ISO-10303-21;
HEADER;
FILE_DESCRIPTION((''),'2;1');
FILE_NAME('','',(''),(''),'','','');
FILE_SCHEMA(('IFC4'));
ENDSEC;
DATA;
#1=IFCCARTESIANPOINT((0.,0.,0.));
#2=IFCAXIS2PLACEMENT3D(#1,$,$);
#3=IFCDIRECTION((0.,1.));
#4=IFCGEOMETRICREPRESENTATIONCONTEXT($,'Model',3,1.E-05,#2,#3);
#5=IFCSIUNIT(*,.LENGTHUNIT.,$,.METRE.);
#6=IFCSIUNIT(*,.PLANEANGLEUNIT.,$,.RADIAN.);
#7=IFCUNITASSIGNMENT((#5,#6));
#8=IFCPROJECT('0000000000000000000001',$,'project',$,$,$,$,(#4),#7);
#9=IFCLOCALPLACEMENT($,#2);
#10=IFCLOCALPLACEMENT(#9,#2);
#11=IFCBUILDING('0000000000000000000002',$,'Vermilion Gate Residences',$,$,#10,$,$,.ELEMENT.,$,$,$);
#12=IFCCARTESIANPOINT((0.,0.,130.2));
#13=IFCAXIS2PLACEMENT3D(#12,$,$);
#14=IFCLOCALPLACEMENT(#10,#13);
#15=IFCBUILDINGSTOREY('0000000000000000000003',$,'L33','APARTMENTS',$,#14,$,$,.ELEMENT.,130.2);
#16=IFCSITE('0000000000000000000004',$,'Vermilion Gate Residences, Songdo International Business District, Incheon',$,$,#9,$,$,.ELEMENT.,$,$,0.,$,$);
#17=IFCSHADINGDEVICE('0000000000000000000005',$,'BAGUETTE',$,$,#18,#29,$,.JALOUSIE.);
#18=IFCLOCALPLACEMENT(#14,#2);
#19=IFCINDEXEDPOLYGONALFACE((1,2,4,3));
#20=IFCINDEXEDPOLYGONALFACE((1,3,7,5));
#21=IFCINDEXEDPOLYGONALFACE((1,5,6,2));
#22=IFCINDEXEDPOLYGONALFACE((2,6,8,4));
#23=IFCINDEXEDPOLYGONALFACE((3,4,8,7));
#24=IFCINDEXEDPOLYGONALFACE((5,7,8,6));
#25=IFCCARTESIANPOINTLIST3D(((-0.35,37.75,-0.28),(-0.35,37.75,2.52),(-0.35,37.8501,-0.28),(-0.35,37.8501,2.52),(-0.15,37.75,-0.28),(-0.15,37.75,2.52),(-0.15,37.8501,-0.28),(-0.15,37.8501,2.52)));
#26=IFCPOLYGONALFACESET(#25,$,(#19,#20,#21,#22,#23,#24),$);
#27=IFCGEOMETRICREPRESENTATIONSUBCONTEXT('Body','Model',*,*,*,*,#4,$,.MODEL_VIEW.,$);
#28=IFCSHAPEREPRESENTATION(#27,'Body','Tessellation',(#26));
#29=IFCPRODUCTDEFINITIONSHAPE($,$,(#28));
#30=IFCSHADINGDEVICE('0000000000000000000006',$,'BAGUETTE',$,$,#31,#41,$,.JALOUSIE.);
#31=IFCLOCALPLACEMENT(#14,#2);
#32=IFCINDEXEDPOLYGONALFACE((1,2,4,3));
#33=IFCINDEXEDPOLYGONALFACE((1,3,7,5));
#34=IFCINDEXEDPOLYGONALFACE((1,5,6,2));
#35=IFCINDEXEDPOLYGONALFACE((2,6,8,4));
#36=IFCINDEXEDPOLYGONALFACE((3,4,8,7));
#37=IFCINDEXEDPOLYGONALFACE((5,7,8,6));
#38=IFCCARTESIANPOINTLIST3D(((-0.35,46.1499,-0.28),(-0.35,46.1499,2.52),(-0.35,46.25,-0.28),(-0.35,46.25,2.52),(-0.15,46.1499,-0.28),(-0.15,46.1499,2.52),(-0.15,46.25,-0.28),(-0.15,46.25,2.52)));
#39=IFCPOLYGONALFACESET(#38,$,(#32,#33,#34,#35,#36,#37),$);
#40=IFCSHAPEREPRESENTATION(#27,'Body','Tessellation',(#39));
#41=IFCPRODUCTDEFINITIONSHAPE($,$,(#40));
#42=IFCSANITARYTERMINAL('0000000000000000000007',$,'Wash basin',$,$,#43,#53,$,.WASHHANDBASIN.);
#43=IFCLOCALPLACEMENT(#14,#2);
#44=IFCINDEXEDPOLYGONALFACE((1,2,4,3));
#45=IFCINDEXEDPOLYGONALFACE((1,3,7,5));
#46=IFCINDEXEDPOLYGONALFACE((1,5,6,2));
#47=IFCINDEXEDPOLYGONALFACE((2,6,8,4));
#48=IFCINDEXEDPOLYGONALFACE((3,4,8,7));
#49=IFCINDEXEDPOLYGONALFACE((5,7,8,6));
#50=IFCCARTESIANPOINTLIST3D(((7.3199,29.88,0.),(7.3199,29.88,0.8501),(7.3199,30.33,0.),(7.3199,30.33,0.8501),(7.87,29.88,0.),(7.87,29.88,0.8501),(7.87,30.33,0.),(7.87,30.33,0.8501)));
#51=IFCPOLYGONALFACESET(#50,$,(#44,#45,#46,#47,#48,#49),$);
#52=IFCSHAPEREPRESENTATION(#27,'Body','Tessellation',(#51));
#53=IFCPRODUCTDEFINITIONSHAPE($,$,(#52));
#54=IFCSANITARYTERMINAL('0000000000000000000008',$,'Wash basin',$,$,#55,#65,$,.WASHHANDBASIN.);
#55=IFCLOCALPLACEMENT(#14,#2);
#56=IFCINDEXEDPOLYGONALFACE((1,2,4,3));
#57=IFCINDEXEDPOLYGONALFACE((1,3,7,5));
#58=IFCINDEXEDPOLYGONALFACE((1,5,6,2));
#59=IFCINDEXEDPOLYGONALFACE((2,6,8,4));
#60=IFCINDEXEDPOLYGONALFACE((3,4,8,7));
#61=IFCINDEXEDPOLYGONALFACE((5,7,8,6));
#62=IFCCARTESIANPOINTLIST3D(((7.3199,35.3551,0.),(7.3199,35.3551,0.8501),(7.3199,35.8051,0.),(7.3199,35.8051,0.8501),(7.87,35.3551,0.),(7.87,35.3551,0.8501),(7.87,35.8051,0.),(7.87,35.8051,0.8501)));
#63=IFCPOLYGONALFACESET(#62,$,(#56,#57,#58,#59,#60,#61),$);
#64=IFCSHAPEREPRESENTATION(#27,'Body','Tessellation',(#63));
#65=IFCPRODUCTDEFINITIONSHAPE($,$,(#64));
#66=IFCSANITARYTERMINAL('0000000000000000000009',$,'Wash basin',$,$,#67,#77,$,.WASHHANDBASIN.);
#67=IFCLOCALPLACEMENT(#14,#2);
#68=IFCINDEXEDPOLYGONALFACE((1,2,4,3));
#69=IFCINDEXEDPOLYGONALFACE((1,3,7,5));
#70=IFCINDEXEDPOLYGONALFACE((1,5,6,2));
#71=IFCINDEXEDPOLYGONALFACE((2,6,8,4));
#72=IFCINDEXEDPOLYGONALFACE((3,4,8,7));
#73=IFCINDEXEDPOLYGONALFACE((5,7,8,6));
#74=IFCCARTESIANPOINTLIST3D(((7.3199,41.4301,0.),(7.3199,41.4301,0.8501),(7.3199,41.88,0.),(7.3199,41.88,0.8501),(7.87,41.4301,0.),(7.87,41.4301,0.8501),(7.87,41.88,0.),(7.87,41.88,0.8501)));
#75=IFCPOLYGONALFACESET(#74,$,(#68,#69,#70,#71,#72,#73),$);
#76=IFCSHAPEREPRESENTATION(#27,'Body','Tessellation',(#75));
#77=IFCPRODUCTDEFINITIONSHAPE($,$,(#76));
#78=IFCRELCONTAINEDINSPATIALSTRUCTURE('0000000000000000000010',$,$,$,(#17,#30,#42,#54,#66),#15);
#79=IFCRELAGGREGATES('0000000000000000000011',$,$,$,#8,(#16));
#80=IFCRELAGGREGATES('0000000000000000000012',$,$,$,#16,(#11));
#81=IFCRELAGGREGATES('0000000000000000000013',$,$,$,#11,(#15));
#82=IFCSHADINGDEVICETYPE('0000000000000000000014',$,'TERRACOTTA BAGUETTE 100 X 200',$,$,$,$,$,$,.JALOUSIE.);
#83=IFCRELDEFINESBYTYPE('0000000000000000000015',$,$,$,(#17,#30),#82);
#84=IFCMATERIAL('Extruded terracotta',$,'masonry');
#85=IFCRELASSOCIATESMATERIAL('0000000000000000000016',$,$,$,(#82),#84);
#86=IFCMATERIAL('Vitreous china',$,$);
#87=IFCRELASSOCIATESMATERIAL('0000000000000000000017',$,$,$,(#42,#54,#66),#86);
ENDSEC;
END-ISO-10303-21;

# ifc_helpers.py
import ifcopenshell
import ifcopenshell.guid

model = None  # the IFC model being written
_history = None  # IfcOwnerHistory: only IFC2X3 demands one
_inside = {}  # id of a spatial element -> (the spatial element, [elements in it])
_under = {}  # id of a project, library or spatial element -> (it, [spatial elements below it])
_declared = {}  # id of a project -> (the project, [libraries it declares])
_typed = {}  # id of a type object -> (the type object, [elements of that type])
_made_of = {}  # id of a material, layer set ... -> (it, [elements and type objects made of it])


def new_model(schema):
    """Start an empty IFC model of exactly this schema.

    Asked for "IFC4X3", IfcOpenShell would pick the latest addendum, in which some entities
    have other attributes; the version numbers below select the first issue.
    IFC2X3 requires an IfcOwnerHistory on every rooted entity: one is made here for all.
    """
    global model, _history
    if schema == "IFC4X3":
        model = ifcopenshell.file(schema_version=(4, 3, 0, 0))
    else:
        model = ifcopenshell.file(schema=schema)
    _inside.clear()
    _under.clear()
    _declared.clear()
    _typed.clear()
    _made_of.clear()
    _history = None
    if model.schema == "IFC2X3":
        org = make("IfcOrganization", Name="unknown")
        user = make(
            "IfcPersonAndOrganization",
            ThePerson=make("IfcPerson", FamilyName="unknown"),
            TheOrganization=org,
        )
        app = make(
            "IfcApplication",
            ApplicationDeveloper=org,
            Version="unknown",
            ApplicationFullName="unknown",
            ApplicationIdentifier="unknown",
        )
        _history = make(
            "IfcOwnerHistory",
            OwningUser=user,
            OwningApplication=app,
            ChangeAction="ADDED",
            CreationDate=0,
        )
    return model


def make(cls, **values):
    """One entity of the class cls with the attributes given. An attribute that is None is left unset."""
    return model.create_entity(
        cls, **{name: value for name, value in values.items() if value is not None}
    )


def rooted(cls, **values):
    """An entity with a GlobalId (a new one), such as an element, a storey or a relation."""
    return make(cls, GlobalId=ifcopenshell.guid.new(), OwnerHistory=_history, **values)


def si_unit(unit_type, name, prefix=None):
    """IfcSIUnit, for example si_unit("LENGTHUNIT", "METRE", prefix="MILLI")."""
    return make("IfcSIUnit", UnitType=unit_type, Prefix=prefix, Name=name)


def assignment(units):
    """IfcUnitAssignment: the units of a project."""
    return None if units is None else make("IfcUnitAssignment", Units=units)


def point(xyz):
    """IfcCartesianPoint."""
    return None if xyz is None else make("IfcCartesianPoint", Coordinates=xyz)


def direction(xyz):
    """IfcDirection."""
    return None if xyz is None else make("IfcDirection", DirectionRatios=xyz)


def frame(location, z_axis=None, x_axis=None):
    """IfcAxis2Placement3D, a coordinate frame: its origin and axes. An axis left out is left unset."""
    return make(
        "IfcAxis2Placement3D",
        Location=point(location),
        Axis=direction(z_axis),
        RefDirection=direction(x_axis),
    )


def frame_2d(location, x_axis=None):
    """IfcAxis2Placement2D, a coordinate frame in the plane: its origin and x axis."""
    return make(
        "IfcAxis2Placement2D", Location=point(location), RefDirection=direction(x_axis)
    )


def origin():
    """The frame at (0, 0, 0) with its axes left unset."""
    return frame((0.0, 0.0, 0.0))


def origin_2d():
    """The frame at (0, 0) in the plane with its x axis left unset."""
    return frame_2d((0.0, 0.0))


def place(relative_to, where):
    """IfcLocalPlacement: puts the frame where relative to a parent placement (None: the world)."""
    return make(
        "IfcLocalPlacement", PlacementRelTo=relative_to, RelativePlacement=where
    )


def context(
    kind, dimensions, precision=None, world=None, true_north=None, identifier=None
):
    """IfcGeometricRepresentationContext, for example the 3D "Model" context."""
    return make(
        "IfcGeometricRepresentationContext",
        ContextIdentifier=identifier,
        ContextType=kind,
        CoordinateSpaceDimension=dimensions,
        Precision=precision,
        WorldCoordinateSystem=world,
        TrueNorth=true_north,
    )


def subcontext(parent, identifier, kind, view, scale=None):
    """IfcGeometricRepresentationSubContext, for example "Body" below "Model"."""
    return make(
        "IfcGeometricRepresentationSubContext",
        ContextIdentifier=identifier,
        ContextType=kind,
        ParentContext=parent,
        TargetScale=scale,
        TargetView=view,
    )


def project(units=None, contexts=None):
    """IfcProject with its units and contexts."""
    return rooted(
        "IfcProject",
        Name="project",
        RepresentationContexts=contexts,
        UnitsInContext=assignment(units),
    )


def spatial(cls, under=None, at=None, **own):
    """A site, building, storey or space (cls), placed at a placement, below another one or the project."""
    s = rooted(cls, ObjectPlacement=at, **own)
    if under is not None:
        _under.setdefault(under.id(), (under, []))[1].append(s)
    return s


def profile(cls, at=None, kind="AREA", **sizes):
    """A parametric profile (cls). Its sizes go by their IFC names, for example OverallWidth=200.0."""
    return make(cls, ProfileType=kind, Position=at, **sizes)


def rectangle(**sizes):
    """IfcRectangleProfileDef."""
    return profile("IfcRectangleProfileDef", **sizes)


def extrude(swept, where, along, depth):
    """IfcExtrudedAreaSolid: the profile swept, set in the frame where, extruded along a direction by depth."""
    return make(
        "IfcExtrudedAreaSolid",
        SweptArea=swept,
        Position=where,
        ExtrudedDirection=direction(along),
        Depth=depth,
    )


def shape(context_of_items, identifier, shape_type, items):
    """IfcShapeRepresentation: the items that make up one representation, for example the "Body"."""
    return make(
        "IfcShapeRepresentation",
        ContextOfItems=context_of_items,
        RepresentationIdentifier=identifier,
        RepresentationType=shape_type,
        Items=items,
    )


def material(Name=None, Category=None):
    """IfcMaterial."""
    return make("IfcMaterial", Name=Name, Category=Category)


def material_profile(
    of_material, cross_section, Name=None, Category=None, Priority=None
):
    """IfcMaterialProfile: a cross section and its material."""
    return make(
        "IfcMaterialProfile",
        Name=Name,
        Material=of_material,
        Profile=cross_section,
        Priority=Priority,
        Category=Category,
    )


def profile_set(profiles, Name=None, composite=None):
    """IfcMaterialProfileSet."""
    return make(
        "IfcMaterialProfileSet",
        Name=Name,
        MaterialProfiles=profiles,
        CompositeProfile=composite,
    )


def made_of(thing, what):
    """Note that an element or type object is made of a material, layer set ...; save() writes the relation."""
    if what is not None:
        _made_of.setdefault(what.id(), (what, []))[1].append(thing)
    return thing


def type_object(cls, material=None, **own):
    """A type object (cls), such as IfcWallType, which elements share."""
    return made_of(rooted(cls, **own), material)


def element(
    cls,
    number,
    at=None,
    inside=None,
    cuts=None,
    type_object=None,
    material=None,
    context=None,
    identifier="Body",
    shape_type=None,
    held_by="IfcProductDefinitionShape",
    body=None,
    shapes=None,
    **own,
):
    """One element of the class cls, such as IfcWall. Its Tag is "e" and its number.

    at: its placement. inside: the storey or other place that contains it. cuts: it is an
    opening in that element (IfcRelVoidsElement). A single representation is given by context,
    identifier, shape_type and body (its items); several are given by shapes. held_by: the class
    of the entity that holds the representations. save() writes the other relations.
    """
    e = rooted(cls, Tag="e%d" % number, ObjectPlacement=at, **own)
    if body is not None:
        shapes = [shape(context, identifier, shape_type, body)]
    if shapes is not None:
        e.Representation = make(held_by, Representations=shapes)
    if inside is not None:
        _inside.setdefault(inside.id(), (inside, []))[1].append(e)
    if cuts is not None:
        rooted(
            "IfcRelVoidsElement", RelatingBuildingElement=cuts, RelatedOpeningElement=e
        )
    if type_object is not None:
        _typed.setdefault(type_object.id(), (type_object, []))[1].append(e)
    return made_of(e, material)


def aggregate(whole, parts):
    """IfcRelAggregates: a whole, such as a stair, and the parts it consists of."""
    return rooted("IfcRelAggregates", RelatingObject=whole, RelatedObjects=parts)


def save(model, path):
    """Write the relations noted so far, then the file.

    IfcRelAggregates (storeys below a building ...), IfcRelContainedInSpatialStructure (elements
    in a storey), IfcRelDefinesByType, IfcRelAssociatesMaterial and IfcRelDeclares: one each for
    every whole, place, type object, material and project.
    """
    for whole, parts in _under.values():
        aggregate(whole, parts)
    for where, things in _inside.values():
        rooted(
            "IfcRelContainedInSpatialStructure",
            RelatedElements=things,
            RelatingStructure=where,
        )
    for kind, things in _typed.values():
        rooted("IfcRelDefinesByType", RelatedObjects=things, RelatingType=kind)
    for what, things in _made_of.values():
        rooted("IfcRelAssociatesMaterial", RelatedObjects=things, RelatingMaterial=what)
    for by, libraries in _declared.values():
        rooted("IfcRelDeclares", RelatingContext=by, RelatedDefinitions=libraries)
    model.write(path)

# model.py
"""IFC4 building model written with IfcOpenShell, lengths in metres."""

from ifc_helpers import new_model, si_unit, direction, frame, origin, origin_2d, place, context, subcontext, project, spatial, rectangle, extrude, material, material_profile, profile_set, type_object, element, save


model = new_model("IFC4")

# Units and contexts
model_context = context("Model", 3, precision=1e-05, world=origin(), true_north=direction((0.0, 1.0)))
body_context = subcontext(model_context, "Body", "Model", "MODEL_VIEW")
ifc_project = project(units=[si_unit("LENGTHUNIT", "METRE"), si_unit("PLANEANGLEUNIT", "RADIAN")], contexts=[model_context])

# Site, building, storey
site_placement = place(None, origin())
site = spatial("IfcSite", under=ifc_project, at=site_placement, Name="Vermilion Gate Residences, Songdo International Business District, Incheon", CompositionType="ELEMENT", RefElevation=0.0)
building_placement = place(site_placement, origin())
building = spatial("IfcBuilding", under=site, at=building_placement, Name="Vermilion Gate Residences", CompositionType="ELEMENT")
storey_placement = place(building_placement, frame((0.0, 0.0, 130.2)))
storey = spatial("IfcBuildingStorey", under=building, at=storey_placement, Name="L33", Description="APARTMENTS", CompositionType="ELEMENT", Elevation=130.2)

# Shading devices
ifc_material_1 = material(Name="Extruded terracotta", Category="masonry")
ifc_material_profile_1 = material_profile(ifc_material_1, rectangle(XDim=0.2, YDim=0.1001, at=origin_2d()), Name="BAGUETTE 100 X 200")
ifc_profile_set_1 = profile_set([ifc_material_profile_1], Name="Extruded terracotta")
shading_device_type = type_object("IfcShadingDeviceType", Name="TERRACOTTA BAGUETTE 100 X 200", PredefinedType="JALOUSIE", material=ifc_profile_set_1)
for number, where, z_axis, x_axis, name in (
    (1, (-0.25, 37.8, -0.28), (0.0, 0.0, 1.0), (1.0, 0.0, 0.0), "BAGUETTE"),
    (2, (-0.25, 46.2, -0.28), (0.0, 0.0, 1.0), (1.0, 0.0, 0.0), "BAGUETTE"),
):
    element("IfcShadingDevice", number, at=place(storey_placement, frame(where, z_axis=z_axis, x_axis=x_axis)), inside=storey, type_object=shading_device_type, Name=name, PredefinedType="JALOUSIE", context=body_context, shape_type="SweptSolid", body=[
        extrude(rectangle(XDim=0.2, YDim=0.1001, at=origin_2d()), origin(), (0.0, 0.0, 1.0), 2.8),
    ])

# Sanitary terminals
ifc_material_2 = material(Name="Vitreous china")
for number, where, z_axis, x_axis, name in (
    (3, (7.595, 30.105, 0.0), (0.0, 0.0, 1.0), (1.0, 0.0, 0.0), "Wash basin"),
    (4, (7.595, 35.5801, 0.0), (0.0, 0.0, 1.0), (1.0, 0.0, 0.0), "Wash basin"),
    (5, (7.595, 41.655, 0.0), (0.0, 0.0, 1.0), (1.0, 0.0, 0.0), "Wash basin"),
):
    element("IfcSanitaryTerminal", number, at=place(storey_placement, frame(where, z_axis=z_axis, x_axis=x_axis)), inside=storey, material=ifc_material_2, Name=name, PredefinedType="WASHHANDBASIN", context=body_context, shape_type="SweptSolid", body=[
        extrude(rectangle(XDim=0.55, YDim=0.45, at=origin_2d()), origin(), (0.0, 0.0, 1.0), 0.8501),
    ])

save(model, "model.ifc")
